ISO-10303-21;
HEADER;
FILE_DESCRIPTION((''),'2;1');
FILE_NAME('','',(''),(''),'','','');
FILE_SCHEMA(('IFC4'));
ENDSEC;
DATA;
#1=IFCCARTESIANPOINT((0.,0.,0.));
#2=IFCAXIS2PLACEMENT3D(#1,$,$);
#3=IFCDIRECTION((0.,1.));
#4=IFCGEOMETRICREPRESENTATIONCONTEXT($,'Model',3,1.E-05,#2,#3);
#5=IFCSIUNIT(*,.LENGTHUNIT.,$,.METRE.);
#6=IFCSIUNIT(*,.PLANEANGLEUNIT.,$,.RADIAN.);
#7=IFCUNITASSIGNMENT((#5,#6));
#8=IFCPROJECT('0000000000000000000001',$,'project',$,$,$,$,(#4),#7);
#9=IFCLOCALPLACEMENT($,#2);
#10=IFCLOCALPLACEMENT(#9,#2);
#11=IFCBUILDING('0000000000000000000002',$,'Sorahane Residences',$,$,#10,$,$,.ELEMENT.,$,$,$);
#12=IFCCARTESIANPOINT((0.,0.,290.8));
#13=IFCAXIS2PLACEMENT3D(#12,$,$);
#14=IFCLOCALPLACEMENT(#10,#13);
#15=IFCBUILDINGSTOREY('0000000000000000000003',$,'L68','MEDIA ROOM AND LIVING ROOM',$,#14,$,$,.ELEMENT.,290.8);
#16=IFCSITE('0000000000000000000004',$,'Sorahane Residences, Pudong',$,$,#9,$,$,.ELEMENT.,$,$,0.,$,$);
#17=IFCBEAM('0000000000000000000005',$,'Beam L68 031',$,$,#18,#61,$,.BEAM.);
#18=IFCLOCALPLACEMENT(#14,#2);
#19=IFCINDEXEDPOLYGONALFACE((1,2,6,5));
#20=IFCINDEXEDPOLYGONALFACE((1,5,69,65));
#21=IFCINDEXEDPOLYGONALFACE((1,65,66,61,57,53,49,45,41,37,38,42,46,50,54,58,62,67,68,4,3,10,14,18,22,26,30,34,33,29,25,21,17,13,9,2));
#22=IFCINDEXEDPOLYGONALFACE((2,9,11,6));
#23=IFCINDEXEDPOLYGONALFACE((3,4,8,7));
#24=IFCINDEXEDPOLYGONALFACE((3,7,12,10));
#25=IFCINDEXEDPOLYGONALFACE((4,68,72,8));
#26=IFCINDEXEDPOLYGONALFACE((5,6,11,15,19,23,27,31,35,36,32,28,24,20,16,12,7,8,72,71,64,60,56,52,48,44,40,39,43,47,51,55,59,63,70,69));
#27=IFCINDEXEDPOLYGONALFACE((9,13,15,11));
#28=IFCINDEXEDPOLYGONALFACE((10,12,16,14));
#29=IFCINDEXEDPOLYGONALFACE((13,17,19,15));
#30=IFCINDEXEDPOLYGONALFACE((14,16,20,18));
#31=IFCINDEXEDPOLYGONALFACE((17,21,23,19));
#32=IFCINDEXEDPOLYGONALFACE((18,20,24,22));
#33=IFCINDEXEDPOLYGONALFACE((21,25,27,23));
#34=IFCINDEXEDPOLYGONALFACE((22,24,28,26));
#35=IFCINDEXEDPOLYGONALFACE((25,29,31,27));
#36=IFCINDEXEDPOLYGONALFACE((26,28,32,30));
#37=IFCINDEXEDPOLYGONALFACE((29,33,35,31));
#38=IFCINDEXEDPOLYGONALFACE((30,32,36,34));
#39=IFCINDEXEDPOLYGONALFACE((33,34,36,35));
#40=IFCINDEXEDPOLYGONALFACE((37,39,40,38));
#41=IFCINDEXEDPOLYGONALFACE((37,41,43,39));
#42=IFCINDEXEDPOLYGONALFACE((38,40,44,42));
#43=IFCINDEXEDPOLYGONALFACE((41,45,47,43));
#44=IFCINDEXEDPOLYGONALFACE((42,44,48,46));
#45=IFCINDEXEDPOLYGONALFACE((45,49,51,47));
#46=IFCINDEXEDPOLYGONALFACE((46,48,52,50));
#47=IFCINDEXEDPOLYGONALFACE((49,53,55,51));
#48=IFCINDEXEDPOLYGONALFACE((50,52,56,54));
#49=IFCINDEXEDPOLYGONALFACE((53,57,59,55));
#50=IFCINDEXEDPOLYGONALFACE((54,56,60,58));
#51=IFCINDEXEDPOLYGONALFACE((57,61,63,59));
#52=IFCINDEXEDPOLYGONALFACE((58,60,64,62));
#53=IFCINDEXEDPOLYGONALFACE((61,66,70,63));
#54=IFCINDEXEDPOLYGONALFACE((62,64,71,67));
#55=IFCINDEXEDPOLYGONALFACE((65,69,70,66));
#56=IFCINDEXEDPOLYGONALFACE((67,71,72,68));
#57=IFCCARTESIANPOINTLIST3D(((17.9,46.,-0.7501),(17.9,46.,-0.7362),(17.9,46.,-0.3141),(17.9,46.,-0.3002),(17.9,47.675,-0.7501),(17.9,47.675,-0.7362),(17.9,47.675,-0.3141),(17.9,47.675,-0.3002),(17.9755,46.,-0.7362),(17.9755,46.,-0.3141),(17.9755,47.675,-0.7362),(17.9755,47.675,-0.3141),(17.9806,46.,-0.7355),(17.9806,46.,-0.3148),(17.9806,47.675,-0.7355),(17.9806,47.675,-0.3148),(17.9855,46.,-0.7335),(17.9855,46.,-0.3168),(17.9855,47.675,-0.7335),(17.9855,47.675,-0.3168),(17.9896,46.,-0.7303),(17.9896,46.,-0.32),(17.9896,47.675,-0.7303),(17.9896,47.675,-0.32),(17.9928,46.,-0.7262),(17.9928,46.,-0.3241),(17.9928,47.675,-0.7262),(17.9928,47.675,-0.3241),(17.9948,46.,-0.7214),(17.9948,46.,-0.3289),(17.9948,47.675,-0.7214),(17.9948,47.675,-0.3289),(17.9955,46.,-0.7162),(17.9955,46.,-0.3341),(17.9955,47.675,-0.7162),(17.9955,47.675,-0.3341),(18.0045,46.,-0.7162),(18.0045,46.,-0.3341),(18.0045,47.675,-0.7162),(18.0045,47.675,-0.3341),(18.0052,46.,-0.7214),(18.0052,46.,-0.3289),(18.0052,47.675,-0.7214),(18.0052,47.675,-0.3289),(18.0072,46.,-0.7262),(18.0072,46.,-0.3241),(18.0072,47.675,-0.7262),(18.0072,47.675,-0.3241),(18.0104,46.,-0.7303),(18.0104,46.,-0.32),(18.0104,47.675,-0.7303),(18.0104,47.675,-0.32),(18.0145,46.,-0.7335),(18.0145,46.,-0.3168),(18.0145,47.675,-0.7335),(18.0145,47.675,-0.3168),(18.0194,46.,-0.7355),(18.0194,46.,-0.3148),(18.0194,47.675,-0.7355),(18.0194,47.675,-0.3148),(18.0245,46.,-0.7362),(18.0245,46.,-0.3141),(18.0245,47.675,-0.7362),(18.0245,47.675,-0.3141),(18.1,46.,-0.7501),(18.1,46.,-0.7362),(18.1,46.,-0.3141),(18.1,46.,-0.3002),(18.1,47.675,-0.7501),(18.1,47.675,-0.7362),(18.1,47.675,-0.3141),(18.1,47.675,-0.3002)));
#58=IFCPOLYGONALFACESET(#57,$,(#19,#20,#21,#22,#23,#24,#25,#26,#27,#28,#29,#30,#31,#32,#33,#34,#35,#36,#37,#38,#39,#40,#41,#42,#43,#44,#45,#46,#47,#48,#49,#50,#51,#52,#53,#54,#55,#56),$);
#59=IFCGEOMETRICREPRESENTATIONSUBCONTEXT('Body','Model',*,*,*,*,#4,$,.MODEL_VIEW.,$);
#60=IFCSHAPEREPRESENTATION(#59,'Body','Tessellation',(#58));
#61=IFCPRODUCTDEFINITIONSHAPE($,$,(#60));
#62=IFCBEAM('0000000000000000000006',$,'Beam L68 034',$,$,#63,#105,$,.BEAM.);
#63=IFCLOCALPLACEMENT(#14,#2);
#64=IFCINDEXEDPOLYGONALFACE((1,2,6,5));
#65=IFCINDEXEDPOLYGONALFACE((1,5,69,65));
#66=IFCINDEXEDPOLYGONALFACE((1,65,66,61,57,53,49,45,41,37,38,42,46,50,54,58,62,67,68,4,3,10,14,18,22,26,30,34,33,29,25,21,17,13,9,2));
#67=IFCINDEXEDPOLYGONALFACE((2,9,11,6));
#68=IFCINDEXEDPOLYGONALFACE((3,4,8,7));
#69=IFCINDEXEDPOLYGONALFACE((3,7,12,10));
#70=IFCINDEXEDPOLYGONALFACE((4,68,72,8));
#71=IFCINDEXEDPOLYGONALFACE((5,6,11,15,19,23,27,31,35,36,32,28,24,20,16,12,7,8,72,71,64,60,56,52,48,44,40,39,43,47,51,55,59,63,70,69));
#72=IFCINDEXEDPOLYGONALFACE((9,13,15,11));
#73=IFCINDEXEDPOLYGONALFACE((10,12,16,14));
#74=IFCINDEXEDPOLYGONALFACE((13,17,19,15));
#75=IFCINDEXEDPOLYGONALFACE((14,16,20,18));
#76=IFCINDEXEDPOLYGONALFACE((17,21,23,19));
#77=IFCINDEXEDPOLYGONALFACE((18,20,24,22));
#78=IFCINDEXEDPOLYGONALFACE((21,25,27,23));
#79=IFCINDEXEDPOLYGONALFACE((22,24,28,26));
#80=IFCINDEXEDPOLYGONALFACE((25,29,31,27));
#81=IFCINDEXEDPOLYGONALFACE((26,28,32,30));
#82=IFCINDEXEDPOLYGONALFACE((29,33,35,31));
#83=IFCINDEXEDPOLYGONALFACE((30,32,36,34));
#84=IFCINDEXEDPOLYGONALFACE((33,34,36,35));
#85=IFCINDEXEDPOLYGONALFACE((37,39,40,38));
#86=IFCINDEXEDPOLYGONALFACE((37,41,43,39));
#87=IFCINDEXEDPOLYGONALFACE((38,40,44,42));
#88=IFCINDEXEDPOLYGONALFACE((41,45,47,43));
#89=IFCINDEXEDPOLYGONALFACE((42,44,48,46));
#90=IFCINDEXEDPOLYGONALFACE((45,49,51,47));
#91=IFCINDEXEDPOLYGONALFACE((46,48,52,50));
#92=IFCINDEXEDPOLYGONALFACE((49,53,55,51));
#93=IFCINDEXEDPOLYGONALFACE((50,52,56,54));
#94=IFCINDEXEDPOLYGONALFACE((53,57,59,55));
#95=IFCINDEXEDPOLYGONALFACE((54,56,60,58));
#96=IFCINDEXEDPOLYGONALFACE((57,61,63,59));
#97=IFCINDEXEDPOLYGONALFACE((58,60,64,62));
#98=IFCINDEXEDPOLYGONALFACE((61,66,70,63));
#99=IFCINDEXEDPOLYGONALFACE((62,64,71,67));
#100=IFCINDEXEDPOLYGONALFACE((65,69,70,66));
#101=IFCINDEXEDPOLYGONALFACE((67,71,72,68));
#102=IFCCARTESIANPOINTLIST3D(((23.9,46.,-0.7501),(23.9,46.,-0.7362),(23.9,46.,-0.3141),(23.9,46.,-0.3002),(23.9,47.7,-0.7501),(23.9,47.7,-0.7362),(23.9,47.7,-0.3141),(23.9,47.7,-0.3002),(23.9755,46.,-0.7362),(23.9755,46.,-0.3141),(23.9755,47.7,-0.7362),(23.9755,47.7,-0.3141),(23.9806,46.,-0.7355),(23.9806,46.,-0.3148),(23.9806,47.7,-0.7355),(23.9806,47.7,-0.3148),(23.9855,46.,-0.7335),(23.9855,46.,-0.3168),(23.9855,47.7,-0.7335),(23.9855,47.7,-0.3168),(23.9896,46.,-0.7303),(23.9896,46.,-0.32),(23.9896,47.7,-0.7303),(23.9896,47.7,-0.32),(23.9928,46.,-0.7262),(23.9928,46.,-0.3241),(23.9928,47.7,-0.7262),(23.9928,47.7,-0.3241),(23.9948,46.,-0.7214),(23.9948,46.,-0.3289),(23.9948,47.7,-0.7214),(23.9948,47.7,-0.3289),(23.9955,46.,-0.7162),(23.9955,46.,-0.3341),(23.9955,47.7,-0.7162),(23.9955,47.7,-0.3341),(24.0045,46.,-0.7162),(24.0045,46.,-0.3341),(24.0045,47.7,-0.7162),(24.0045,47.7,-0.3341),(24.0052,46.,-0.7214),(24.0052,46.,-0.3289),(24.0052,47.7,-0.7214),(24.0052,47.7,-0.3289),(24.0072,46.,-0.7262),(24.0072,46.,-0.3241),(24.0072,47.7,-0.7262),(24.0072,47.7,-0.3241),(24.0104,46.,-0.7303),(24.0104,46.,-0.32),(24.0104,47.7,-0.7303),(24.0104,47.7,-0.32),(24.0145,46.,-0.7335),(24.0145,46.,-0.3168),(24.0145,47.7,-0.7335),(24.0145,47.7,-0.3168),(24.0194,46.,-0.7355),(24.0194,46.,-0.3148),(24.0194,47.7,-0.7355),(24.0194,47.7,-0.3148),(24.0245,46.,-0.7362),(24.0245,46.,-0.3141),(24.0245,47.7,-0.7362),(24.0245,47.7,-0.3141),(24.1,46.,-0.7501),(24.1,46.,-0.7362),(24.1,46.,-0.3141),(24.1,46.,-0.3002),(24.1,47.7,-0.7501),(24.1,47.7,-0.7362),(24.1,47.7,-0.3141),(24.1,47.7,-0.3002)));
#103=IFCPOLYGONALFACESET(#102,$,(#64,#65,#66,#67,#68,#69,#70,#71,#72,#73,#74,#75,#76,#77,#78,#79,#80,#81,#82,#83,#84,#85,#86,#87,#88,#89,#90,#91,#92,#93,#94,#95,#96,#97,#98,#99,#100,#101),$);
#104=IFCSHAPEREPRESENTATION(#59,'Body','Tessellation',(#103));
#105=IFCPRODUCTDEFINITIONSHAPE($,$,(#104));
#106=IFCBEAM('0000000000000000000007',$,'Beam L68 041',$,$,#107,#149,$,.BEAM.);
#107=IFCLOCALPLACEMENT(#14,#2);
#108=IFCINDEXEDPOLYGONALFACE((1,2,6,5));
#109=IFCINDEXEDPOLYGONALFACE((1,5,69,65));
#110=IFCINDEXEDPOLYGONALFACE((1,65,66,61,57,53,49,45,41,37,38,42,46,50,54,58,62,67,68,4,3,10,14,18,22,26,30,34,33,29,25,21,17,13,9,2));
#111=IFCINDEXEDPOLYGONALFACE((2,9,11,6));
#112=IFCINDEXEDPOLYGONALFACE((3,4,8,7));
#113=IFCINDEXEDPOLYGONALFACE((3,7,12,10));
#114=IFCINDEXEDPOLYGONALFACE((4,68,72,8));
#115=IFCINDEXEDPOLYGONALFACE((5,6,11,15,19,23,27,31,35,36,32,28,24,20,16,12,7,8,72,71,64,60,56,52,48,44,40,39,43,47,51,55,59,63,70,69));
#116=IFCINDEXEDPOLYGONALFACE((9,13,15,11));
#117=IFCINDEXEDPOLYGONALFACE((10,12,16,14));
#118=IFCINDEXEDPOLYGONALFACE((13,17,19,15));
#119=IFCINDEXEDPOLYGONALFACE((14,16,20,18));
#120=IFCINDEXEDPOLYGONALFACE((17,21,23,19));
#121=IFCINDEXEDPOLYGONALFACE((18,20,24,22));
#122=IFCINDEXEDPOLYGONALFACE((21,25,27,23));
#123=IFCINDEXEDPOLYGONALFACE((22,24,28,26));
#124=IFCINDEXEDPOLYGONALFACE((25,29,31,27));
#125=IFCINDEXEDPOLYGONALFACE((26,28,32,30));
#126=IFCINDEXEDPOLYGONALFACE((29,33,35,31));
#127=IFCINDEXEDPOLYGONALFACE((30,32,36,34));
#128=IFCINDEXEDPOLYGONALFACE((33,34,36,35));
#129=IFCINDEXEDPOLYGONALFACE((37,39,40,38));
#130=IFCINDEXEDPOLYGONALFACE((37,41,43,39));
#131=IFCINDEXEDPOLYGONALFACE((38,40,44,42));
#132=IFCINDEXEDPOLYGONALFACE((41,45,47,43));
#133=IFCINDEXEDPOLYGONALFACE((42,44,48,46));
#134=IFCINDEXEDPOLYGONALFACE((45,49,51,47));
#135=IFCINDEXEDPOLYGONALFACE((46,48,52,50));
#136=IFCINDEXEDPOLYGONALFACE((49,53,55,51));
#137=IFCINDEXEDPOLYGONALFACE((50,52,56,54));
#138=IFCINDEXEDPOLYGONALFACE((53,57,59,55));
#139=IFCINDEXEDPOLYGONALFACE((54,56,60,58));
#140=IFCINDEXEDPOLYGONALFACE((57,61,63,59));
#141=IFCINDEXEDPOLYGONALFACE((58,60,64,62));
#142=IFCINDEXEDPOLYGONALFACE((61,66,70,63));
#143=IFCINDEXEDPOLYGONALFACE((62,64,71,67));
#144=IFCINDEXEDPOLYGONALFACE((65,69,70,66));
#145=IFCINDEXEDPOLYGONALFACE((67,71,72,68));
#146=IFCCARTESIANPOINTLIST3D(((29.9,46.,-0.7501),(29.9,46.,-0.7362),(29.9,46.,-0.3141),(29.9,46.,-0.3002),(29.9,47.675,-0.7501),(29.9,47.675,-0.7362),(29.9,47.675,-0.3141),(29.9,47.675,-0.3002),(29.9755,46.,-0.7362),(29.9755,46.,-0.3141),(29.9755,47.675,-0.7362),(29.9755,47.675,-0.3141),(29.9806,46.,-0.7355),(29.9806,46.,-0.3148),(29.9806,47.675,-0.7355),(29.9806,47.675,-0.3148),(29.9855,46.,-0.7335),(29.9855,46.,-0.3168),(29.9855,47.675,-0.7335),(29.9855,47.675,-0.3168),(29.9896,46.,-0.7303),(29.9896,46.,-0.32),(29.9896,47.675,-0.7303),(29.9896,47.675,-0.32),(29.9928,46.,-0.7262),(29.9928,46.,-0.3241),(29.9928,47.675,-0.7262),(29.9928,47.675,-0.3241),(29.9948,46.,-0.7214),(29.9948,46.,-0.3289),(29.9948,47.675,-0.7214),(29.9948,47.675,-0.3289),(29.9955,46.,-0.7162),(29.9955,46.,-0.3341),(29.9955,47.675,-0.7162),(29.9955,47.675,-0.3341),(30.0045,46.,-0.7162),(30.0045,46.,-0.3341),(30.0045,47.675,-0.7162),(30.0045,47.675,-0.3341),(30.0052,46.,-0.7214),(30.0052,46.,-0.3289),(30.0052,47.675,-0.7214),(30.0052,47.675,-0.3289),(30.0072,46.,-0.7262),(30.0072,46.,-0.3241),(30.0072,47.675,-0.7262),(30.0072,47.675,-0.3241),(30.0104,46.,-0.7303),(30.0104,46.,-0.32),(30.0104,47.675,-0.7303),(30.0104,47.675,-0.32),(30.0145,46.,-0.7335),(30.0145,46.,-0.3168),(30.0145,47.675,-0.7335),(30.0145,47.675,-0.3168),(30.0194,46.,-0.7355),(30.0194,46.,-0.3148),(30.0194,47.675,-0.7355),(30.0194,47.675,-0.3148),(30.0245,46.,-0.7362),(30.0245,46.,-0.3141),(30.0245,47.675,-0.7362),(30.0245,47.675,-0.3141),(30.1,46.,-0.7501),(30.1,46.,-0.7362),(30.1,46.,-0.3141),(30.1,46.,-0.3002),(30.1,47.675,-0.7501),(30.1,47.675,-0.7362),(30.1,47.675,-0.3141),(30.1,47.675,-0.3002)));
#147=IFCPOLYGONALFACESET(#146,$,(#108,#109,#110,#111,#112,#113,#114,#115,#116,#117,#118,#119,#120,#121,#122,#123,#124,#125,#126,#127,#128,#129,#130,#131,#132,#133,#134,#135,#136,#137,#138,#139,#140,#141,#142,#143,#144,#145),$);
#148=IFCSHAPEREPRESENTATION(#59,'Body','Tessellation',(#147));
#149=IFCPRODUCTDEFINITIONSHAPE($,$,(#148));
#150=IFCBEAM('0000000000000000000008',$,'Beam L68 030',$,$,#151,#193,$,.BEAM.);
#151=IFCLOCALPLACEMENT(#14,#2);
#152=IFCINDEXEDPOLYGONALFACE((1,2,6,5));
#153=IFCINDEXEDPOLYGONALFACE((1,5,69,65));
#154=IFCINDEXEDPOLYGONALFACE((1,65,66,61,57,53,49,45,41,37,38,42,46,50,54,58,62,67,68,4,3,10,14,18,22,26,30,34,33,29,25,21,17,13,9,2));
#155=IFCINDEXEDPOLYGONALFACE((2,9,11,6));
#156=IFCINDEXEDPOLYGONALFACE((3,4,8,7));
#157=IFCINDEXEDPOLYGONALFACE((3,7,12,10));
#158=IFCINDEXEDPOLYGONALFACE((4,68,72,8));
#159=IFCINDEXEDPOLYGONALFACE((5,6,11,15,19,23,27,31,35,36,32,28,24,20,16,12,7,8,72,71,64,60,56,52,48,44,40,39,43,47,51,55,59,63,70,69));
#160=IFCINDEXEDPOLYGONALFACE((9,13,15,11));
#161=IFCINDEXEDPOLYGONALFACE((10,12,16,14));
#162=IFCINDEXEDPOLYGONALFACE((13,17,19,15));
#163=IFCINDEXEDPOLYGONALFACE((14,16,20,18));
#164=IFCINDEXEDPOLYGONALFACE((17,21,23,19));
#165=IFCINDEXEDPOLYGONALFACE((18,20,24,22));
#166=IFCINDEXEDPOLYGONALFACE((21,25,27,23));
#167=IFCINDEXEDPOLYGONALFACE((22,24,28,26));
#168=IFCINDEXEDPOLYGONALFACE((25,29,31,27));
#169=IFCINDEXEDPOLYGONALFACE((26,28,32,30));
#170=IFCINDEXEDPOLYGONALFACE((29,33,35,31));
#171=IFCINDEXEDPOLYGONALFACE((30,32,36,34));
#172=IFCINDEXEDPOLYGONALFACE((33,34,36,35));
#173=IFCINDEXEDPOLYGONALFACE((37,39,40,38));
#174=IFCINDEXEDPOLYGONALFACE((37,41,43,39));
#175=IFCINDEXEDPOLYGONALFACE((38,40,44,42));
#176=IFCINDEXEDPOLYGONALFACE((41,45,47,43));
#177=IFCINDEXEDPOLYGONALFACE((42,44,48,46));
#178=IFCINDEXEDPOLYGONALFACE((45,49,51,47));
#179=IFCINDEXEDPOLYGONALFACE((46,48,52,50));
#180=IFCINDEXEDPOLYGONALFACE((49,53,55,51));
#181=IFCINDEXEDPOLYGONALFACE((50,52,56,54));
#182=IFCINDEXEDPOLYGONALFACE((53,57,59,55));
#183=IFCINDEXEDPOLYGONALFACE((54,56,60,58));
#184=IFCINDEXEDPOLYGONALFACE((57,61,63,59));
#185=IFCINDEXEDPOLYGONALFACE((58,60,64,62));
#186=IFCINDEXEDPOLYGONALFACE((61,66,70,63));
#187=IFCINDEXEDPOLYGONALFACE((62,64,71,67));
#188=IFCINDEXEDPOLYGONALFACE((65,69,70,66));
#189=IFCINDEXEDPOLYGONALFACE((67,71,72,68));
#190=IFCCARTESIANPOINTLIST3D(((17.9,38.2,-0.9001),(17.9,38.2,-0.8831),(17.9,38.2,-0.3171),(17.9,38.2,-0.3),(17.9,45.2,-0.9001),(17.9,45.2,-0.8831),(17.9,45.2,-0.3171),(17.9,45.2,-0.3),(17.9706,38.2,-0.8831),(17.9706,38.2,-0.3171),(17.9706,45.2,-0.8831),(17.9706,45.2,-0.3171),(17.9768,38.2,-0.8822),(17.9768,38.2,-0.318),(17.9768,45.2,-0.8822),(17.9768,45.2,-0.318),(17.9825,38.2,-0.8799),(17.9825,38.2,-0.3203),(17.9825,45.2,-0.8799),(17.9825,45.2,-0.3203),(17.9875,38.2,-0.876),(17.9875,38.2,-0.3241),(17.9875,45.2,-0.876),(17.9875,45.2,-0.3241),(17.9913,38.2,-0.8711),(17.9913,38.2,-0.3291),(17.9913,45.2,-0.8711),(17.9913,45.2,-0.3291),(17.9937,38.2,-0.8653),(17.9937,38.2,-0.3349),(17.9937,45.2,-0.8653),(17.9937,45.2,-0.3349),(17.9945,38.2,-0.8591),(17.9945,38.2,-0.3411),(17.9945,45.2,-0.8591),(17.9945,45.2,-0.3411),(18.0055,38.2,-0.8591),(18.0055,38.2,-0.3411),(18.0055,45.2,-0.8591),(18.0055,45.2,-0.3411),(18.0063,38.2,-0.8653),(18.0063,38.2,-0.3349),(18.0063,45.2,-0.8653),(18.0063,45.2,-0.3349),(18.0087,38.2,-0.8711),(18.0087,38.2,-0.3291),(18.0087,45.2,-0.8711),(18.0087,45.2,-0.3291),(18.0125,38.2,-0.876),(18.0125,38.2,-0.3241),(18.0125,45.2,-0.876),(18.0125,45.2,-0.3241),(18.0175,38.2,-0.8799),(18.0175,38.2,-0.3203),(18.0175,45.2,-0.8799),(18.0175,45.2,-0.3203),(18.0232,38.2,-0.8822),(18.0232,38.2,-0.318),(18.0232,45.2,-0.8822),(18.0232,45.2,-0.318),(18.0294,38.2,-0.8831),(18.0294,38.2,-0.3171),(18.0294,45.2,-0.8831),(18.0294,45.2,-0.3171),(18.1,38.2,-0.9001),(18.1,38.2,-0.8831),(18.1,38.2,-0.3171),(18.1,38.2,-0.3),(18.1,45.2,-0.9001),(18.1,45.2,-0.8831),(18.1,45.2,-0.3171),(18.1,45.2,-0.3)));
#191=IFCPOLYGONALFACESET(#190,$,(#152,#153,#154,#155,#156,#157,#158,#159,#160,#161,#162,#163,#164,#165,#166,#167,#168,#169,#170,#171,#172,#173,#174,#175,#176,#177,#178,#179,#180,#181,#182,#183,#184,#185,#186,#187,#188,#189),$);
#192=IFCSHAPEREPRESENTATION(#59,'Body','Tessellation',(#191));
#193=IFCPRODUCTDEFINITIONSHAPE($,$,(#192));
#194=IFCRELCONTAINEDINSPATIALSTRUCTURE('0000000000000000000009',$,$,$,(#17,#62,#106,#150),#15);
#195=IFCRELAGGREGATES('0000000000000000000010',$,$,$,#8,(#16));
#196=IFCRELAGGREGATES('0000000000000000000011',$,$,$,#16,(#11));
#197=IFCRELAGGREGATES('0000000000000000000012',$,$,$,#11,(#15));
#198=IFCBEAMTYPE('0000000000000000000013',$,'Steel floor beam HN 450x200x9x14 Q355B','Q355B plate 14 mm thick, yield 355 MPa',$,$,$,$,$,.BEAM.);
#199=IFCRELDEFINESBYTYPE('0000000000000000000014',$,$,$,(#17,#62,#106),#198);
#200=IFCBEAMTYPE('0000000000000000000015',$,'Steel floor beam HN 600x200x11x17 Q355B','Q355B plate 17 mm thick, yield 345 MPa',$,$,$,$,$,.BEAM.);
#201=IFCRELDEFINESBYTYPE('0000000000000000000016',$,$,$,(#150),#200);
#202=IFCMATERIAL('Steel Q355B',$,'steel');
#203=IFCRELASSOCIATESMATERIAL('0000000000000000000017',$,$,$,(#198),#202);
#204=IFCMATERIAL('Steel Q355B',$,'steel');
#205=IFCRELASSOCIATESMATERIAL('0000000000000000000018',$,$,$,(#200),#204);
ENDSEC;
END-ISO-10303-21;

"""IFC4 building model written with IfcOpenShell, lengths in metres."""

from ifc_helpers import new_model, si_unit, direction, frame, origin, origin_2d, place, context, subcontext, project, spatial, i_section, extrude, material, material_profile, profile_set, type_object, element, save


model = new_model("IFC4")

# Units and contexts
model_context = context("Model", 3, precision=1e-05, world=origin(), true_north=direction((0.0, 1.0)))
body_context = subcontext(model_context, "Body", "Model", "MODEL_VIEW")
ifc_project = project(units=[si_unit("LENGTHUNIT", "METRE"), si_unit("PLANEANGLEUNIT", "RADIAN")], contexts=[model_context])

# Site, building, storey
site_placement = place(None, origin())
site = spatial("IfcSite", under=ifc_project, at=site_placement, Name="Sorahane Residences, Pudong", CompositionType="ELEMENT", RefElevation=0.0)
building_placement = place(site_placement, origin())
building = spatial("IfcBuilding", under=site, at=building_placement, Name="Sorahane Residences", CompositionType="ELEMENT")
storey_placement = place(building_placement, frame((0.0, 0.0, 290.8)))
storey = spatial("IfcBuildingStorey", under=building, at=storey_placement, Name="L68", Description="MEDIA ROOM AND LIVING ROOM", CompositionType="ELEMENT", Elevation=290.8)

# Beams
ifc_material_1 = material(Name="Steel Q355B", Category="steel")
ifc_material_profile_1 = material_profile(ifc_material_1, i_section(OverallWidth=0.2, OverallDepth=0.45, WebThickness=0.009, FlangeThickness=0.0139, FilletRadius=0.02, at=origin_2d()), Name="HN 450x200x9x14")
ifc_profile_set_1 = profile_set([ifc_material_profile_1], Name="Steel Q355B")
beam_type_1 = type_object("IfcBeamType", Name="Steel floor beam HN 450x200x9x14 Q355B", Description="Q355B plate 14 mm thick, yield 355 MPa", PredefinedType="BEAM", material=ifc_profile_set_1)
beam_1_placement = place(storey_placement, frame((18.0, 46.0, -0.5251), z_axis=(0.0, 1.0, 0.0), x_axis=(-1.0, 0.0, 0.0)))
element("IfcBeam", 1, at=beam_1_placement, inside=storey, type_object=beam_type_1, Name="Beam L68 031", PredefinedType="BEAM", context=body_context, shape_type="SweptSolid", body=[
    extrude(i_section(OverallWidth=0.2, OverallDepth=0.45, WebThickness=0.009, FlangeThickness=0.0139, FilletRadius=0.02, at=origin_2d()), origin(), (0.0, 0.0, 1.0), 1.675),
])
beam_2_placement = place(storey_placement, frame((24.0, 46.0, -0.5251), z_axis=(0.0, 1.0, 0.0), x_axis=(-1.0, 0.0, 0.0)))
element("IfcBeam", 2, at=beam_2_placement, inside=storey, type_object=beam_type_1, Name="Beam L68 034", PredefinedType="BEAM", context=body_context, shape_type="SweptSolid", body=[
    extrude(i_section(OverallWidth=0.2, OverallDepth=0.45, WebThickness=0.009, FlangeThickness=0.0139, FilletRadius=0.02, at=origin_2d()), origin(), (0.0, 0.0, 1.0), 1.7),
])
beam_3_placement = place(storey_placement, frame((30.0, 46.0, -0.5251), z_axis=(0.0, 1.0, 0.0), x_axis=(-1.0, 0.0, 0.0)))
element("IfcBeam", 3, at=beam_3_placement, inside=storey, type_object=beam_type_1, Name="Beam L68 041", PredefinedType="BEAM", context=body_context, shape_type="SweptSolid", body=[
    extrude(i_section(OverallWidth=0.2, OverallDepth=0.45, WebThickness=0.009, FlangeThickness=0.0139, FilletRadius=0.02, at=origin_2d()), origin(), (0.0, 0.0, 1.0), 1.675),
])
ifc_material_2 = material(Name="Steel Q355B", Category="steel")
ifc_material_profile_2 = material_profile(ifc_material_2, i_section(OverallWidth=0.2, OverallDepth=0.6001, WebThickness=0.011, FlangeThickness=0.0171, FilletRadius=0.0239, at=origin_2d()), Name="HN 600x200x11x17")
ifc_profile_set_2 = profile_set([ifc_material_profile_2], Name="Steel Q355B")
beam_type_2 = type_object("IfcBeamType", Name="Steel floor beam HN 600x200x11x17 Q355B", Description="Q355B plate 17 mm thick, yield 345 MPa", PredefinedType="BEAM", material=ifc_profile_set_2)
for number, where, z_axis, x_axis, name in (
    (4, (18.0, 38.2, -0.6001), (0.0, 1.0, 0.0), (-1.0, 0.0, 0.0), "Beam L68 030"),
):
    element("IfcBeam", number, at=place(storey_placement, frame(where, z_axis=z_axis, x_axis=x_axis)), inside=storey, type_object=beam_type_2, Name=name, PredefinedType="BEAM", context=body_context, shape_type="SweptSolid", body=[
        extrude(i_section(OverallWidth=0.2, OverallDepth=0.6001, WebThickness=0.011, FlangeThickness=0.0171, FilletRadius=0.0239, at=origin_2d()), origin(), (0.0, 0.0, 1.0), 7.0),
    ])

save(model, "model.ifc")
